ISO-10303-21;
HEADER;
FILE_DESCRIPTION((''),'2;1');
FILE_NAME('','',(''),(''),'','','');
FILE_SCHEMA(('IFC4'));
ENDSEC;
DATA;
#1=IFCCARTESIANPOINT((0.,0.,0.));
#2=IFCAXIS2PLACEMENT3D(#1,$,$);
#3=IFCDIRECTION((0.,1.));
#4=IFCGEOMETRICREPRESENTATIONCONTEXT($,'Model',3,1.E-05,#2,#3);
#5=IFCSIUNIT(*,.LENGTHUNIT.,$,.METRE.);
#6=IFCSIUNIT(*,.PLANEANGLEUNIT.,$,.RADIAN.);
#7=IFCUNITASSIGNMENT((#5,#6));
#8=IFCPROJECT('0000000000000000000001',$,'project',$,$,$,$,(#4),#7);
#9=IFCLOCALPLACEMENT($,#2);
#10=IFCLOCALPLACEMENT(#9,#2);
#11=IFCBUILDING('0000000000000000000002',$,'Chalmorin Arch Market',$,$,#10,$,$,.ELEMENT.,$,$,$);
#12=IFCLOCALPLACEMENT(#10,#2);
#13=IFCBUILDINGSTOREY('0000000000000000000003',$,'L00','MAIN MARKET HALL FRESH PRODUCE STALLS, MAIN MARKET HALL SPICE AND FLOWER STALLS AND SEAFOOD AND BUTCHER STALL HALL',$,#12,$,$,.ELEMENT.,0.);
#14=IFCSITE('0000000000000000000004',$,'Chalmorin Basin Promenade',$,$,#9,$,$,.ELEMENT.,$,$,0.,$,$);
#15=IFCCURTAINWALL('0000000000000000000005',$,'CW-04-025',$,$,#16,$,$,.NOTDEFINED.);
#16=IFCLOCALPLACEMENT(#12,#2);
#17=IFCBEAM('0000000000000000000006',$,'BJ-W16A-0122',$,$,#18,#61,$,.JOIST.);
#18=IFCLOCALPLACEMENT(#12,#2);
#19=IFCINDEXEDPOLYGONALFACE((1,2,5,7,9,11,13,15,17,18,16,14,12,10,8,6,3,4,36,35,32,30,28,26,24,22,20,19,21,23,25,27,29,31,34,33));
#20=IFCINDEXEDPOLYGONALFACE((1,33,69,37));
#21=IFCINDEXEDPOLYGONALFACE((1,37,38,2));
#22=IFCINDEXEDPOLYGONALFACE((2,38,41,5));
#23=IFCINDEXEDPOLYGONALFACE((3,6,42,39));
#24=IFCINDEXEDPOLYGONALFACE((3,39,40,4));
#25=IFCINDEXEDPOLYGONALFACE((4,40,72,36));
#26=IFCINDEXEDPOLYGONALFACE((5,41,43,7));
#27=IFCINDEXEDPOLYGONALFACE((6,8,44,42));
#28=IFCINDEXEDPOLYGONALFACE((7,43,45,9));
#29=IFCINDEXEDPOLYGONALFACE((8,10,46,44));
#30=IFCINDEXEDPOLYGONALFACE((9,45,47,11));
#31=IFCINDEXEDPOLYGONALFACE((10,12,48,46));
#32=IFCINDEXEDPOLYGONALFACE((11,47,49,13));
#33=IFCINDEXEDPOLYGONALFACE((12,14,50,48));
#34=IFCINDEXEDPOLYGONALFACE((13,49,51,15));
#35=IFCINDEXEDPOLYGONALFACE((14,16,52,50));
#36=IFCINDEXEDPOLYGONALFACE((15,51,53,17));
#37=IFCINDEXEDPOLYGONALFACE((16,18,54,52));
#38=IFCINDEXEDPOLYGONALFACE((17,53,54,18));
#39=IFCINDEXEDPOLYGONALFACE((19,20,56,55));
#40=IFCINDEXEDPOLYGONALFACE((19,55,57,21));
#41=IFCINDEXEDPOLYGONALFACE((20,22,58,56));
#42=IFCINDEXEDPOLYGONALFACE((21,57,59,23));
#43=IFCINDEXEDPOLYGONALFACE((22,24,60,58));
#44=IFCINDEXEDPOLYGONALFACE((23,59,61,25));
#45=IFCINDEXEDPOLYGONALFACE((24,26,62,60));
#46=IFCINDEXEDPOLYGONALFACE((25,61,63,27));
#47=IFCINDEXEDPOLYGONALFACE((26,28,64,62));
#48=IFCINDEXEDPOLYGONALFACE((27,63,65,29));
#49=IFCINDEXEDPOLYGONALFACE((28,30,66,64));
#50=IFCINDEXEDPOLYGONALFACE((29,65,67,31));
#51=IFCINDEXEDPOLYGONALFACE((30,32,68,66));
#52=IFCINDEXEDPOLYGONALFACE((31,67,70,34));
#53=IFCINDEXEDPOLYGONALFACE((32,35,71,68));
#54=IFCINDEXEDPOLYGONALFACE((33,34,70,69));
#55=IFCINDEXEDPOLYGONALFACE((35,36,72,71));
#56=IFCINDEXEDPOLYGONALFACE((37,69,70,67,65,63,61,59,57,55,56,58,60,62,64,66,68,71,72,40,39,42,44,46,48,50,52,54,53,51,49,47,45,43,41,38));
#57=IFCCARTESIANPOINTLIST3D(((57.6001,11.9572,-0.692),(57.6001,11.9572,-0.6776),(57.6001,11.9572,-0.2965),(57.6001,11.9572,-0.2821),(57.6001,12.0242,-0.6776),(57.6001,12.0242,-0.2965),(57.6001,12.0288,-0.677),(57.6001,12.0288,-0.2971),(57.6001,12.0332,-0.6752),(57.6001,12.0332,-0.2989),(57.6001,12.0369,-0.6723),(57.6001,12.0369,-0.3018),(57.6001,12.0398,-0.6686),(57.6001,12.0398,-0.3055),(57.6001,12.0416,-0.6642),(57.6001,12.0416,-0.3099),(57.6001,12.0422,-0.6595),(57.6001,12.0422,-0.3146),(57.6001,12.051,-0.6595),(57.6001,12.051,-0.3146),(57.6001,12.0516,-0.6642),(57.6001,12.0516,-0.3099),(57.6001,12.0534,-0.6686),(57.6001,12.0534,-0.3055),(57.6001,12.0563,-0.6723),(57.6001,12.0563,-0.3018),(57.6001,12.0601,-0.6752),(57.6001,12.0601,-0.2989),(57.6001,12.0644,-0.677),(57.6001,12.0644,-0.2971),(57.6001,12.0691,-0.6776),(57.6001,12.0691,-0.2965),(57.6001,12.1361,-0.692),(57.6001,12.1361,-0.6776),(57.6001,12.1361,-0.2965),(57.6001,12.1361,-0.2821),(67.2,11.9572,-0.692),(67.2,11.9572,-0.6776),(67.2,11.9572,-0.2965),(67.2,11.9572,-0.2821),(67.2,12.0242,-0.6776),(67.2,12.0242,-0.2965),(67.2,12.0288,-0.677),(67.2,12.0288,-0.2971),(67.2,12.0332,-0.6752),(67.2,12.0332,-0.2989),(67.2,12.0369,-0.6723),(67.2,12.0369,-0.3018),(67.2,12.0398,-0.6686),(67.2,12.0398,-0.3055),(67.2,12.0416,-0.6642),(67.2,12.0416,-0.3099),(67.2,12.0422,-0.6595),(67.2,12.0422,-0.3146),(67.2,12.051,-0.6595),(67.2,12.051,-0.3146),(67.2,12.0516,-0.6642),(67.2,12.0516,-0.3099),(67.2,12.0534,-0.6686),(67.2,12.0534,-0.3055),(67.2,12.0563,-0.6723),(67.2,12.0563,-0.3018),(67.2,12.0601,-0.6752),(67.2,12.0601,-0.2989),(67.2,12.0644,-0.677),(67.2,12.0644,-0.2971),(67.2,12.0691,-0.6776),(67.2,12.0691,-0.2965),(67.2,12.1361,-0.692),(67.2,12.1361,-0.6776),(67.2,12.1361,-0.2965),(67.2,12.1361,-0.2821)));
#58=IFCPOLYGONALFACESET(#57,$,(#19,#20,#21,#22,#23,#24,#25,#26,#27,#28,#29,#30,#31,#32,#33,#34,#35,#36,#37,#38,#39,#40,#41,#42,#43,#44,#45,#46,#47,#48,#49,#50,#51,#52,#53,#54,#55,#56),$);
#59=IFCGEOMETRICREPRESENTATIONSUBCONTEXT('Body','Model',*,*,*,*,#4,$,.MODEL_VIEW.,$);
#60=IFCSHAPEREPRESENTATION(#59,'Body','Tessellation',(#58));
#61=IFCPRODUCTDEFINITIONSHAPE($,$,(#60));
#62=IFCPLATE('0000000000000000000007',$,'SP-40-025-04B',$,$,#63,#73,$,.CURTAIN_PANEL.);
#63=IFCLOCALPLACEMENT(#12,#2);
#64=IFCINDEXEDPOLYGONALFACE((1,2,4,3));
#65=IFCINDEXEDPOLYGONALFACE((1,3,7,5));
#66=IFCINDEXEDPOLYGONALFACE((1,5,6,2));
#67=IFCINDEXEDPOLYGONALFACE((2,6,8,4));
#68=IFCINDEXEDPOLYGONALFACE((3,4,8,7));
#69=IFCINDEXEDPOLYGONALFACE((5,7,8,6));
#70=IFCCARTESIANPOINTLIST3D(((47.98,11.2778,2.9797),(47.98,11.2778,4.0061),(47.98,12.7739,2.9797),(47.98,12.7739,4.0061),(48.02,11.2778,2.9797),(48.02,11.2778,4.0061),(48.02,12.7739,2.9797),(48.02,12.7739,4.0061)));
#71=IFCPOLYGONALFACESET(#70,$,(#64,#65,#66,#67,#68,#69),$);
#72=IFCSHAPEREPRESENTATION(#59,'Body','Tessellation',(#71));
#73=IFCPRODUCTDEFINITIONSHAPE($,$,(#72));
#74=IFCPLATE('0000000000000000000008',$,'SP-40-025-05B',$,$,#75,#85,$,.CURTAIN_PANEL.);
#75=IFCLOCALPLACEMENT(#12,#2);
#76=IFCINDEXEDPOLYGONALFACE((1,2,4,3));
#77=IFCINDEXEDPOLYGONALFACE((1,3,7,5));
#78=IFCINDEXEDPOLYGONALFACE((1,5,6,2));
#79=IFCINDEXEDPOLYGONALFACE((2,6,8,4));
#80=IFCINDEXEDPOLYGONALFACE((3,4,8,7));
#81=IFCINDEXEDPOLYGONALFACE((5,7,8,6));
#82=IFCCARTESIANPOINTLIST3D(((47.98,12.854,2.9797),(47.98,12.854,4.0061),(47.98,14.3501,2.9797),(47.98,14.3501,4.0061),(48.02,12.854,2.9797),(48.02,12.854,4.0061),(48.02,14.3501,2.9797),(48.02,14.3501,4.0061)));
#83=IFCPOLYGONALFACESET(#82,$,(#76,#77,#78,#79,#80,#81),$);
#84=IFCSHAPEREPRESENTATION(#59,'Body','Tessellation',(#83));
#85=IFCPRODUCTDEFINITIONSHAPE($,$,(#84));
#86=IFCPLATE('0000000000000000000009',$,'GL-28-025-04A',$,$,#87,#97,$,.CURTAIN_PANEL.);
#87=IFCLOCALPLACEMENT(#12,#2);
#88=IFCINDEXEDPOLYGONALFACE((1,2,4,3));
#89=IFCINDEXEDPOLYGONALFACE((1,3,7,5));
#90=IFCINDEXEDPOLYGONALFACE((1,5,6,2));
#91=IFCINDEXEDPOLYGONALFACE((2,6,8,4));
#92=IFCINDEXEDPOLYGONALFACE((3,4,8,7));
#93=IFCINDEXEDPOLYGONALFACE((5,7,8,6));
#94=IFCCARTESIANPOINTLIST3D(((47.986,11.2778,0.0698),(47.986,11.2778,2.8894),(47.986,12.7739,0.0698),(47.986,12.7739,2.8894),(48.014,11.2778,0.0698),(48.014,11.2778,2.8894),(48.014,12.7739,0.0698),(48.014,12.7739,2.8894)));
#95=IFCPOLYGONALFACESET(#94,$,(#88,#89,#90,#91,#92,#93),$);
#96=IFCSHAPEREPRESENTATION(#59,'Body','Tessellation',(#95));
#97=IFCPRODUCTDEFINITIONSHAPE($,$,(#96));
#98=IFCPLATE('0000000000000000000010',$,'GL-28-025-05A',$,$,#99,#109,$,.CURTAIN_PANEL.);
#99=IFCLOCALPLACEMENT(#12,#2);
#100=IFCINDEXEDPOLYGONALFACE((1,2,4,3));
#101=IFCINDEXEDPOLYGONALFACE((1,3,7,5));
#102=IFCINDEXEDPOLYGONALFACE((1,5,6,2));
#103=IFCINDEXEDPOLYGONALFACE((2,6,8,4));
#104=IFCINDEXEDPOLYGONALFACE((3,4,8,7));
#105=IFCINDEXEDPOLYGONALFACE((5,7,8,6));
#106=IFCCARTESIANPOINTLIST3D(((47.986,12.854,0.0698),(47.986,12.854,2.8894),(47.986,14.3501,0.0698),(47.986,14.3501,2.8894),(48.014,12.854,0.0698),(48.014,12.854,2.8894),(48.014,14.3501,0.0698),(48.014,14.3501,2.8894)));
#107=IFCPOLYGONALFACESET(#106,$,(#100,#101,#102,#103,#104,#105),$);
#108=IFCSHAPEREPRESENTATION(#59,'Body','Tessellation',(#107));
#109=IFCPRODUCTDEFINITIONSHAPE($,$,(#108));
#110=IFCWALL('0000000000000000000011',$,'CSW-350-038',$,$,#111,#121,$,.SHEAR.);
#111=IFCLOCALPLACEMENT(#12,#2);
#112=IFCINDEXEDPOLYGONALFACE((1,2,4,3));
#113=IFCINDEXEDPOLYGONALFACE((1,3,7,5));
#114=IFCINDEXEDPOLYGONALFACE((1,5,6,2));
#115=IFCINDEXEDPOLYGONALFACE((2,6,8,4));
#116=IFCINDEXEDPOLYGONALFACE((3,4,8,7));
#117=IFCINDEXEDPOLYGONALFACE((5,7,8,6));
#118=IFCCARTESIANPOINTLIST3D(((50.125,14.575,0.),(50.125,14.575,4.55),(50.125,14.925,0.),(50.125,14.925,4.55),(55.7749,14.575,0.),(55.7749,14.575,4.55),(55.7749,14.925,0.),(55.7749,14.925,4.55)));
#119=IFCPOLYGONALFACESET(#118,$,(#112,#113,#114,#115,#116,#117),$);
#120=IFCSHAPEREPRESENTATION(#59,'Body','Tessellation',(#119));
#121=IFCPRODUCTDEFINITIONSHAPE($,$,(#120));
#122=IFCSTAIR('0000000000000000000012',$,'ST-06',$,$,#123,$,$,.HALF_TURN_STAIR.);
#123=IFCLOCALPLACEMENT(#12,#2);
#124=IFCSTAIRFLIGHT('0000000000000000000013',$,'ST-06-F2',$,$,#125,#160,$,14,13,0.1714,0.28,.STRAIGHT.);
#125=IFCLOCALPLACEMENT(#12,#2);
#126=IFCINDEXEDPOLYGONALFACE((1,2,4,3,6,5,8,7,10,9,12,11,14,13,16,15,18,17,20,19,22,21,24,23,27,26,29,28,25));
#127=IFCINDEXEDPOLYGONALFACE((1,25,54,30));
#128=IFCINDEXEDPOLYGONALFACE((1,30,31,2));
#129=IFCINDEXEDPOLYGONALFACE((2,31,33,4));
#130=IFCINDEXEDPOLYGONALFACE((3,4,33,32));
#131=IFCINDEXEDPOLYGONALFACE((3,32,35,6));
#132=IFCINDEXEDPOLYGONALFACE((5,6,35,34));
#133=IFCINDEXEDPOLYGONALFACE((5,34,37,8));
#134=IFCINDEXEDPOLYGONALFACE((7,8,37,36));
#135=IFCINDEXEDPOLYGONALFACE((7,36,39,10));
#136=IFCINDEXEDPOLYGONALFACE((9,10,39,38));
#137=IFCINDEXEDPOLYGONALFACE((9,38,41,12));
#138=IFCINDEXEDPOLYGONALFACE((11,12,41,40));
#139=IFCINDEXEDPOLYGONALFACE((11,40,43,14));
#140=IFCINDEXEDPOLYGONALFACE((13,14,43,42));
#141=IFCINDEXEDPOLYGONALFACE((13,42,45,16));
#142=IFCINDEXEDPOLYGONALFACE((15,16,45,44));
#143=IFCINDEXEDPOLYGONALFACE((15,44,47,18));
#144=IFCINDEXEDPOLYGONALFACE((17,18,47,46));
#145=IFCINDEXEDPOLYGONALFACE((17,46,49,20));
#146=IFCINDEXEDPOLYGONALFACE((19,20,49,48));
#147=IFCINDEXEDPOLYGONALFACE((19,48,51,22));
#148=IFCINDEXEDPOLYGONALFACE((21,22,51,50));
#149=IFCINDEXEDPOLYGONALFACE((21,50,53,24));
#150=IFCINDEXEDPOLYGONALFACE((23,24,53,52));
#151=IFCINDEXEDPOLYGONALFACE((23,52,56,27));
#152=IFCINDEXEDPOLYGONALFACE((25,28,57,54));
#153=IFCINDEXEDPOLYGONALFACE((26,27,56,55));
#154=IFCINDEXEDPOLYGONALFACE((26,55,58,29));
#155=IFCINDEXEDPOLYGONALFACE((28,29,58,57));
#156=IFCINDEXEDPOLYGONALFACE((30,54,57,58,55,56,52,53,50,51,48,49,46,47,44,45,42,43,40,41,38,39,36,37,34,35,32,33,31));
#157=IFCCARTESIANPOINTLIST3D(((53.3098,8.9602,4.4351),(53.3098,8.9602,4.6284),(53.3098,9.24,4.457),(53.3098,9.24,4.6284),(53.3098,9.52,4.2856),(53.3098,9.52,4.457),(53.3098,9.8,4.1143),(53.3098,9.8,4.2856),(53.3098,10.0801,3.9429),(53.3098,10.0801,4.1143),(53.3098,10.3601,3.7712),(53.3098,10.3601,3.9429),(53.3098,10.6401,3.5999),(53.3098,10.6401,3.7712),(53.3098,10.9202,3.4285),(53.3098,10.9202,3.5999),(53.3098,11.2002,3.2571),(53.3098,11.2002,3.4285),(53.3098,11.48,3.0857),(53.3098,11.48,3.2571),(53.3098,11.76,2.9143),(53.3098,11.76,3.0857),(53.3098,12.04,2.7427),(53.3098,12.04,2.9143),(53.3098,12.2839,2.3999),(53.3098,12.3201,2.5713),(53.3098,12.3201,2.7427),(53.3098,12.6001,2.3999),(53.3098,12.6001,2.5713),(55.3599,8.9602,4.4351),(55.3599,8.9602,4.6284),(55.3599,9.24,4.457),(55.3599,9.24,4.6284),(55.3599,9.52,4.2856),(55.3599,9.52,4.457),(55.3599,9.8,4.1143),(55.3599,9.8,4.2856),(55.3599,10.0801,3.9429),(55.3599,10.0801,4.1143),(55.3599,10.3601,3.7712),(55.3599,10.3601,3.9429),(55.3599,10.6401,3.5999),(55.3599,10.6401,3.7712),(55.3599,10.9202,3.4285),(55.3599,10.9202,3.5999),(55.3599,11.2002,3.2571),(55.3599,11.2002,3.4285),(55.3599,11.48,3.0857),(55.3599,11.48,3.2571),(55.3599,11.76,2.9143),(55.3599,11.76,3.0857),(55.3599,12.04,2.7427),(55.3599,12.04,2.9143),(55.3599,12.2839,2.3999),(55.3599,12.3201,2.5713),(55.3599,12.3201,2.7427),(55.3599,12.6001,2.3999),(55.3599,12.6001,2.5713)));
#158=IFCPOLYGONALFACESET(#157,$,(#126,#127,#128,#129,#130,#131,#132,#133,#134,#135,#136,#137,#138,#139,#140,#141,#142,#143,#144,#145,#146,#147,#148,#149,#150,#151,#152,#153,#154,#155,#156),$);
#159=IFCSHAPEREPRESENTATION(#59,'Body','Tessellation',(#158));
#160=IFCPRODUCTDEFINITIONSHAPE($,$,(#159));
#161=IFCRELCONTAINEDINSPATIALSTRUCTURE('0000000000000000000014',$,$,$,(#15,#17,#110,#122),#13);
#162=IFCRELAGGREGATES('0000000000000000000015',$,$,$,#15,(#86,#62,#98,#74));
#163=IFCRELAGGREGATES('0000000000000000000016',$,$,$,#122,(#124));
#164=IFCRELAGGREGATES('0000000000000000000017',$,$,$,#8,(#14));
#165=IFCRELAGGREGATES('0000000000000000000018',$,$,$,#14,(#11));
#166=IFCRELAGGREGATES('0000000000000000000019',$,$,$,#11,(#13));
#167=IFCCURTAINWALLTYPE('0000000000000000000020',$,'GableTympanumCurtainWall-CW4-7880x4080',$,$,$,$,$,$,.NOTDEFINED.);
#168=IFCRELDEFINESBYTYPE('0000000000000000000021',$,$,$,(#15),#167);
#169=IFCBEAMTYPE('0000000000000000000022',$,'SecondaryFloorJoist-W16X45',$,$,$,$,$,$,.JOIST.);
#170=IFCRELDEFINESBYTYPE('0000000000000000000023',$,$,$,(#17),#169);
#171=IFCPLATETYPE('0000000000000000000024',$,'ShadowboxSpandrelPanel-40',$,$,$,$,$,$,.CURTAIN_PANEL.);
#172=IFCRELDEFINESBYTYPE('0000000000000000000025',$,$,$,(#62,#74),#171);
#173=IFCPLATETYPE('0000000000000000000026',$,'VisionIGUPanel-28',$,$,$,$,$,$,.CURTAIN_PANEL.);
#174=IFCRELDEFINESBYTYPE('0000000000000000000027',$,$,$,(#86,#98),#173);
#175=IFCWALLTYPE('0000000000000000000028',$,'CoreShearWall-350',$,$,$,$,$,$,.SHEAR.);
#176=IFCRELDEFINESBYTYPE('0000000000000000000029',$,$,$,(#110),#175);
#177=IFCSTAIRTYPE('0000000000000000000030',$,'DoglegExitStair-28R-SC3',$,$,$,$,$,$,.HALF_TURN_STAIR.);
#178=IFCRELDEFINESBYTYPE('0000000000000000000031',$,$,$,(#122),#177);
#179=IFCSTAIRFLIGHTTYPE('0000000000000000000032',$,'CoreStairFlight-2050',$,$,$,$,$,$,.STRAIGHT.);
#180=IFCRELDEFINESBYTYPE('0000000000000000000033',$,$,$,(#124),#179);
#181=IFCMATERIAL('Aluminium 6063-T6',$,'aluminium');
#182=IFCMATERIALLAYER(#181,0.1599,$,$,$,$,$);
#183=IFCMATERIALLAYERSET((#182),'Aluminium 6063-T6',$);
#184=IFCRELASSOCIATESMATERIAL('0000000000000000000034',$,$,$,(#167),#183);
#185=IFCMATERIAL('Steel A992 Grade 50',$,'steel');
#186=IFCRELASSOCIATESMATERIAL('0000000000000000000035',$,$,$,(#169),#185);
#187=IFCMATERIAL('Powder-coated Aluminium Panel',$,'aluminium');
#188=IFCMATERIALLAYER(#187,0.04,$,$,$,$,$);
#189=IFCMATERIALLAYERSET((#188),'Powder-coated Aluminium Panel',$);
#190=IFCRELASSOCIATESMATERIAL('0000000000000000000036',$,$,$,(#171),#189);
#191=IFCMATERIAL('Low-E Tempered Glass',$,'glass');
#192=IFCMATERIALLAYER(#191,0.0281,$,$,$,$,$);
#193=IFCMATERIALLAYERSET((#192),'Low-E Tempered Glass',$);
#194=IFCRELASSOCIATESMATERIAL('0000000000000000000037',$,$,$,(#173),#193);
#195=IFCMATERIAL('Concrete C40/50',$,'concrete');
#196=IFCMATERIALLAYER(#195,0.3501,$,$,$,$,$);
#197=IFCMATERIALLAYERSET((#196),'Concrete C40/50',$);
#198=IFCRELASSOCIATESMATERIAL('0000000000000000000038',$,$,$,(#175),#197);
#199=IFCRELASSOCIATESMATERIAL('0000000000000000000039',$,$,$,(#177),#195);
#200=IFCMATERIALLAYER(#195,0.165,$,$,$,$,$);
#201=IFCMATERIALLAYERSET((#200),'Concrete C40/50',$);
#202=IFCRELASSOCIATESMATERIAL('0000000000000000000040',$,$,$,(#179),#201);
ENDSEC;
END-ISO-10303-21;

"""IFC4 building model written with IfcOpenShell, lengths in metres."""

from ifc_helpers import new_model, si_unit, direction, frame, frame_2d, origin, origin_2d, place, context, subcontext, project, spatial, polyline, rectangle, i_section, outline, extrude, material, layer, layer_set, material_profile, profile_set, type_object, element, aggregate, save


model = new_model("IFC4")

# Units and contexts
model_context = context("Model", 3, precision=1e-05, world=origin(), true_north=direction((0.0, 1.0)))
body_context = subcontext(model_context, "Body", "Model", "MODEL_VIEW")
ifc_project = project(units=[si_unit("LENGTHUNIT", "METRE"), si_unit("PLANEANGLEUNIT", "RADIAN")], contexts=[model_context])

# Site, building, storey
site_placement = place(None, origin())
site = spatial("IfcSite", under=ifc_project, at=site_placement, Name="Chalmorin Basin Promenade", CompositionType="ELEMENT", RefElevation=0.0)
building_placement = place(site_placement, origin())
building = spatial("IfcBuilding", under=site, at=building_placement, Name="Chalmorin Arch Market", CompositionType="ELEMENT")
storey_placement = place(building_placement, origin())
storey = spatial("IfcBuildingStorey", under=building, at=storey_placement, Name="L00", Description="MAIN MARKET HALL FRESH PRODUCE STALLS, MAIN MARKET HALL SPICE AND FLOWER STALLS AND SEAFOOD AND BUTCHER STALL HALL", CompositionType="ELEMENT", Elevation=0.0)

# Shared definitions
ifc_material_1 = material(Name="Concrete C40/50", Category="concrete")

# Curtain wall
ifc_material_2 = material(Name="Aluminium 6063-T6", Category="aluminium")
ifc_layer_1 = layer(ifc_material_2, 0.1599)
ifc_layer_set_1 = layer_set([ifc_layer_1], Name="Aluminium 6063-T6")
curtain_wall_type = type_object("IfcCurtainWallType", Name="GableTympanumCurtainWall-CW4-7880x4080", PredefinedType="NOTDEFINED", material=ifc_layer_set_1)
curtain_wall_placement = place(storey_placement, origin())
curtain_wall = element("IfcCurtainWall", 1, at=curtain_wall_placement, inside=storey, type_object=curtain_wall_type, Name="CW-04-025", PredefinedType="NOTDEFINED")

# Beam
ifc_material_3 = material(Name="Steel A992 Grade 50", Category="steel")
ifc_material_profile_1 = material_profile(ifc_material_3, i_section(OverallWidth=0.179, OverallDepth=0.4099, WebThickness=0.0088, FlangeThickness=0.0144, FilletRadius=0.0181, at=origin_2d()), Name="W16X45")
ifc_profile_set_1 = profile_set([ifc_material_profile_1], Name="Steel A992 Grade 50")
beam_type_1 = type_object("IfcBeamType", Name="SecondaryFloorJoist-W16X45", PredefinedType="JOIST", material=ifc_profile_set_1)
beam_1_placement = place(storey_placement, frame((57.6001, 12.0466, -0.4871), z_axis=(1.0, 0.0, 0.0), x_axis=(0.0, 1.0, 0.0)))
element("IfcBeam", 2, at=beam_1_placement, inside=storey, type_object=beam_type_1, Name="BJ-W16A-0122", PredefinedType="JOIST", context=body_context, shape_type="SweptSolid", body=[
    extrude(i_section(OverallWidth=0.179, OverallDepth=0.4099, WebThickness=0.0088, FlangeThickness=0.0144, FilletRadius=0.0181, at=origin_2d()), origin(), (0.0, 0.0, 1.0), 9.5999),
])

# Plates
ifc_material_4 = material(Name="Powder-coated Aluminium Panel", Category="aluminium")
ifc_layer_2 = layer(ifc_material_4, 0.04)
ifc_layer_set_2 = layer_set([ifc_layer_2], Name="Powder-coated Aluminium Panel")
plate_type_1 = type_object("IfcPlateType", Name="ShadowboxSpandrelPanel-40", PredefinedType="CURTAIN_PANEL", material=ifc_layer_set_2)
plate_1_placement = place(storey_placement, frame((48.0, 12.0259, 2.9797), z_axis=(0.0, 0.0, 1.0), x_axis=(0.0, 1.0, 0.0)))
plate_1 = element("IfcPlate", 3, at=plate_1_placement, type_object=plate_type_1, Name="SP-40-025-04B", PredefinedType="CURTAIN_PANEL", context=body_context, shape_type="SweptSolid", body=[
    extrude(rectangle(XDim=1.4961, YDim=0.04, at=origin_2d()), origin(), (0.0, 0.0, 1.0), 1.0264),
])
plate_2_placement = place(storey_placement, frame((48.0, 13.6021, 2.9797), z_axis=(0.0, 0.0, 1.0), x_axis=(0.0, 1.0, 0.0)))
plate_2 = element("IfcPlate", 4, at=plate_2_placement, type_object=plate_type_1, Name="SP-40-025-05B", PredefinedType="CURTAIN_PANEL", context=body_context, shape_type="SweptSolid", body=[
    extrude(rectangle(XDim=1.4961, YDim=0.04, at=origin_2d()), origin(), (0.0, 0.0, 1.0), 1.0264),
])
ifc_material_5 = material(Name="Low-E Tempered Glass", Category="glass")
ifc_layer_3 = layer(ifc_material_5, 0.0281)
ifc_layer_set_3 = layer_set([ifc_layer_3], Name="Low-E Tempered Glass")
plate_type_2 = type_object("IfcPlateType", Name="VisionIGUPanel-28", PredefinedType="CURTAIN_PANEL", material=ifc_layer_set_3)
plate_3_placement = place(storey_placement, frame((48.0, 12.0259, 0.0698), z_axis=(0.0, 0.0, 1.0), x_axis=(0.0, 1.0, 0.0)))
plate_3 = element("IfcPlate", 5, at=plate_3_placement, type_object=plate_type_2, Name="GL-28-025-04A", PredefinedType="CURTAIN_PANEL", context=body_context, shape_type="SweptSolid", body=[
    extrude(rectangle(XDim=1.4961, YDim=0.0281, at=origin_2d()), origin(), (0.0, 0.0, 1.0), 2.8196),
])
plate_4_placement = place(storey_placement, frame((48.0, 13.6021, 0.0698), z_axis=(0.0, 0.0, 1.0), x_axis=(0.0, 1.0, 0.0)))
plate_4 = element("IfcPlate", 6, at=plate_4_placement, type_object=plate_type_2, Name="GL-28-025-05A", PredefinedType="CURTAIN_PANEL", context=body_context, shape_type="SweptSolid", body=[
    extrude(rectangle(XDim=1.4961, YDim=0.0281, at=origin_2d()), origin(), (0.0, 0.0, 1.0), 2.8196),
])
aggregate(curtain_wall, [plate_3, plate_1, plate_4, plate_2])

# Wall
ifc_layer_4 = layer(ifc_material_1, 0.3501)
ifc_layer_set_4 = layer_set([ifc_layer_4], Name="Concrete C40/50")
wall_type = type_object("IfcWallType", Name="CoreShearWall-350", PredefinedType="SHEAR", material=ifc_layer_set_4)
wall_1_placement = place(storey_placement, frame((50.125, 14.75, 0.0), z_axis=(0.0, 0.0, 1.0), x_axis=(1.0, 0.0, 0.0)))
element("IfcWall", 7, at=wall_1_placement, inside=storey, type_object=wall_type, Name="CSW-350-038", PredefinedType="SHEAR", context=body_context, shape_type="SweptSolid", body=[
    extrude(rectangle(XDim=5.6499, YDim=0.3501, at=frame_2d((2.825, 0.0))), origin(), (0.0, 0.0, 1.0), 4.55),
])

# Stair, stair flight
stair_type = type_object("IfcStairType", Name="DoglegExitStair-28R-SC3", PredefinedType="HALF_TURN_STAIR", material=ifc_material_1)
stair_placement = place(storey_placement, origin())
stair = element("IfcStair", 8, at=stair_placement, inside=storey, type_object=stair_type, Name="ST-06", PredefinedType="HALF_TURN_STAIR")
ifc_layer_5 = layer(ifc_material_1, 0.165)
ifc_layer_set_5 = layer_set([ifc_layer_5], Name="Concrete C40/50")
stair_flight_type = type_object("IfcStairFlightType", Name="CoreStairFlight-2050", PredefinedType="STRAIGHT", material=ifc_layer_set_5)
stair_flight_placement = place(storey_placement, frame((54.335, 12.6001, 2.3999), z_axis=(0.0, 0.0, 1.0), x_axis=(0.0, -1.0, 0.0)))
stair_flight = element("IfcStairFlight", 9, at=stair_flight_placement, type_object=stair_flight_type, Name="ST-06-F2", NumberOfRisers=14, NumberOfTreads=13, PredefinedType="STRAIGHT", RiserHeight=0.1714, TreadLength=0.28, context=body_context, shape_type="SweptSolid", body=[
    extrude(outline(polyline([(0.0, 0.0), (0.0, 0.1714), (0.28, 0.1714), (0.28, 0.3428), (0.5601, 0.3428), (0.5601, 0.5144), (0.8401, 0.5144), (0.8401, 0.6858), (1.1201, 0.6858), (1.1201, 0.8572), (1.3999, 0.8572), (1.3999, 1.0286), (1.6799, 1.0286), (1.6799, 1.2), (1.96, 1.2), (1.96, 1.3713), (2.24, 1.3713), (2.24, 1.543), (2.52, 1.543), (2.52, 1.7144), (2.8, 1.7144), (2.8, 1.8857), (3.0801, 1.8857), (3.0801, 2.0571), (3.3601, 2.0571), (3.3601, 2.2285), (3.6399, 2.2285), (3.6399, 2.3999), (3.6399, 2.0352), (0.3162, 0.0), (0.0, 0.0)])), frame((0.0, 1.0249, 0.0), z_axis=(0.0, -1.0, 0.0), x_axis=(1.0, 0.0, 0.0)), (0.0, 0.0, 1.0), 2.05),
])
aggregate(stair, [stair_flight])

save(model, "model.ifc")
